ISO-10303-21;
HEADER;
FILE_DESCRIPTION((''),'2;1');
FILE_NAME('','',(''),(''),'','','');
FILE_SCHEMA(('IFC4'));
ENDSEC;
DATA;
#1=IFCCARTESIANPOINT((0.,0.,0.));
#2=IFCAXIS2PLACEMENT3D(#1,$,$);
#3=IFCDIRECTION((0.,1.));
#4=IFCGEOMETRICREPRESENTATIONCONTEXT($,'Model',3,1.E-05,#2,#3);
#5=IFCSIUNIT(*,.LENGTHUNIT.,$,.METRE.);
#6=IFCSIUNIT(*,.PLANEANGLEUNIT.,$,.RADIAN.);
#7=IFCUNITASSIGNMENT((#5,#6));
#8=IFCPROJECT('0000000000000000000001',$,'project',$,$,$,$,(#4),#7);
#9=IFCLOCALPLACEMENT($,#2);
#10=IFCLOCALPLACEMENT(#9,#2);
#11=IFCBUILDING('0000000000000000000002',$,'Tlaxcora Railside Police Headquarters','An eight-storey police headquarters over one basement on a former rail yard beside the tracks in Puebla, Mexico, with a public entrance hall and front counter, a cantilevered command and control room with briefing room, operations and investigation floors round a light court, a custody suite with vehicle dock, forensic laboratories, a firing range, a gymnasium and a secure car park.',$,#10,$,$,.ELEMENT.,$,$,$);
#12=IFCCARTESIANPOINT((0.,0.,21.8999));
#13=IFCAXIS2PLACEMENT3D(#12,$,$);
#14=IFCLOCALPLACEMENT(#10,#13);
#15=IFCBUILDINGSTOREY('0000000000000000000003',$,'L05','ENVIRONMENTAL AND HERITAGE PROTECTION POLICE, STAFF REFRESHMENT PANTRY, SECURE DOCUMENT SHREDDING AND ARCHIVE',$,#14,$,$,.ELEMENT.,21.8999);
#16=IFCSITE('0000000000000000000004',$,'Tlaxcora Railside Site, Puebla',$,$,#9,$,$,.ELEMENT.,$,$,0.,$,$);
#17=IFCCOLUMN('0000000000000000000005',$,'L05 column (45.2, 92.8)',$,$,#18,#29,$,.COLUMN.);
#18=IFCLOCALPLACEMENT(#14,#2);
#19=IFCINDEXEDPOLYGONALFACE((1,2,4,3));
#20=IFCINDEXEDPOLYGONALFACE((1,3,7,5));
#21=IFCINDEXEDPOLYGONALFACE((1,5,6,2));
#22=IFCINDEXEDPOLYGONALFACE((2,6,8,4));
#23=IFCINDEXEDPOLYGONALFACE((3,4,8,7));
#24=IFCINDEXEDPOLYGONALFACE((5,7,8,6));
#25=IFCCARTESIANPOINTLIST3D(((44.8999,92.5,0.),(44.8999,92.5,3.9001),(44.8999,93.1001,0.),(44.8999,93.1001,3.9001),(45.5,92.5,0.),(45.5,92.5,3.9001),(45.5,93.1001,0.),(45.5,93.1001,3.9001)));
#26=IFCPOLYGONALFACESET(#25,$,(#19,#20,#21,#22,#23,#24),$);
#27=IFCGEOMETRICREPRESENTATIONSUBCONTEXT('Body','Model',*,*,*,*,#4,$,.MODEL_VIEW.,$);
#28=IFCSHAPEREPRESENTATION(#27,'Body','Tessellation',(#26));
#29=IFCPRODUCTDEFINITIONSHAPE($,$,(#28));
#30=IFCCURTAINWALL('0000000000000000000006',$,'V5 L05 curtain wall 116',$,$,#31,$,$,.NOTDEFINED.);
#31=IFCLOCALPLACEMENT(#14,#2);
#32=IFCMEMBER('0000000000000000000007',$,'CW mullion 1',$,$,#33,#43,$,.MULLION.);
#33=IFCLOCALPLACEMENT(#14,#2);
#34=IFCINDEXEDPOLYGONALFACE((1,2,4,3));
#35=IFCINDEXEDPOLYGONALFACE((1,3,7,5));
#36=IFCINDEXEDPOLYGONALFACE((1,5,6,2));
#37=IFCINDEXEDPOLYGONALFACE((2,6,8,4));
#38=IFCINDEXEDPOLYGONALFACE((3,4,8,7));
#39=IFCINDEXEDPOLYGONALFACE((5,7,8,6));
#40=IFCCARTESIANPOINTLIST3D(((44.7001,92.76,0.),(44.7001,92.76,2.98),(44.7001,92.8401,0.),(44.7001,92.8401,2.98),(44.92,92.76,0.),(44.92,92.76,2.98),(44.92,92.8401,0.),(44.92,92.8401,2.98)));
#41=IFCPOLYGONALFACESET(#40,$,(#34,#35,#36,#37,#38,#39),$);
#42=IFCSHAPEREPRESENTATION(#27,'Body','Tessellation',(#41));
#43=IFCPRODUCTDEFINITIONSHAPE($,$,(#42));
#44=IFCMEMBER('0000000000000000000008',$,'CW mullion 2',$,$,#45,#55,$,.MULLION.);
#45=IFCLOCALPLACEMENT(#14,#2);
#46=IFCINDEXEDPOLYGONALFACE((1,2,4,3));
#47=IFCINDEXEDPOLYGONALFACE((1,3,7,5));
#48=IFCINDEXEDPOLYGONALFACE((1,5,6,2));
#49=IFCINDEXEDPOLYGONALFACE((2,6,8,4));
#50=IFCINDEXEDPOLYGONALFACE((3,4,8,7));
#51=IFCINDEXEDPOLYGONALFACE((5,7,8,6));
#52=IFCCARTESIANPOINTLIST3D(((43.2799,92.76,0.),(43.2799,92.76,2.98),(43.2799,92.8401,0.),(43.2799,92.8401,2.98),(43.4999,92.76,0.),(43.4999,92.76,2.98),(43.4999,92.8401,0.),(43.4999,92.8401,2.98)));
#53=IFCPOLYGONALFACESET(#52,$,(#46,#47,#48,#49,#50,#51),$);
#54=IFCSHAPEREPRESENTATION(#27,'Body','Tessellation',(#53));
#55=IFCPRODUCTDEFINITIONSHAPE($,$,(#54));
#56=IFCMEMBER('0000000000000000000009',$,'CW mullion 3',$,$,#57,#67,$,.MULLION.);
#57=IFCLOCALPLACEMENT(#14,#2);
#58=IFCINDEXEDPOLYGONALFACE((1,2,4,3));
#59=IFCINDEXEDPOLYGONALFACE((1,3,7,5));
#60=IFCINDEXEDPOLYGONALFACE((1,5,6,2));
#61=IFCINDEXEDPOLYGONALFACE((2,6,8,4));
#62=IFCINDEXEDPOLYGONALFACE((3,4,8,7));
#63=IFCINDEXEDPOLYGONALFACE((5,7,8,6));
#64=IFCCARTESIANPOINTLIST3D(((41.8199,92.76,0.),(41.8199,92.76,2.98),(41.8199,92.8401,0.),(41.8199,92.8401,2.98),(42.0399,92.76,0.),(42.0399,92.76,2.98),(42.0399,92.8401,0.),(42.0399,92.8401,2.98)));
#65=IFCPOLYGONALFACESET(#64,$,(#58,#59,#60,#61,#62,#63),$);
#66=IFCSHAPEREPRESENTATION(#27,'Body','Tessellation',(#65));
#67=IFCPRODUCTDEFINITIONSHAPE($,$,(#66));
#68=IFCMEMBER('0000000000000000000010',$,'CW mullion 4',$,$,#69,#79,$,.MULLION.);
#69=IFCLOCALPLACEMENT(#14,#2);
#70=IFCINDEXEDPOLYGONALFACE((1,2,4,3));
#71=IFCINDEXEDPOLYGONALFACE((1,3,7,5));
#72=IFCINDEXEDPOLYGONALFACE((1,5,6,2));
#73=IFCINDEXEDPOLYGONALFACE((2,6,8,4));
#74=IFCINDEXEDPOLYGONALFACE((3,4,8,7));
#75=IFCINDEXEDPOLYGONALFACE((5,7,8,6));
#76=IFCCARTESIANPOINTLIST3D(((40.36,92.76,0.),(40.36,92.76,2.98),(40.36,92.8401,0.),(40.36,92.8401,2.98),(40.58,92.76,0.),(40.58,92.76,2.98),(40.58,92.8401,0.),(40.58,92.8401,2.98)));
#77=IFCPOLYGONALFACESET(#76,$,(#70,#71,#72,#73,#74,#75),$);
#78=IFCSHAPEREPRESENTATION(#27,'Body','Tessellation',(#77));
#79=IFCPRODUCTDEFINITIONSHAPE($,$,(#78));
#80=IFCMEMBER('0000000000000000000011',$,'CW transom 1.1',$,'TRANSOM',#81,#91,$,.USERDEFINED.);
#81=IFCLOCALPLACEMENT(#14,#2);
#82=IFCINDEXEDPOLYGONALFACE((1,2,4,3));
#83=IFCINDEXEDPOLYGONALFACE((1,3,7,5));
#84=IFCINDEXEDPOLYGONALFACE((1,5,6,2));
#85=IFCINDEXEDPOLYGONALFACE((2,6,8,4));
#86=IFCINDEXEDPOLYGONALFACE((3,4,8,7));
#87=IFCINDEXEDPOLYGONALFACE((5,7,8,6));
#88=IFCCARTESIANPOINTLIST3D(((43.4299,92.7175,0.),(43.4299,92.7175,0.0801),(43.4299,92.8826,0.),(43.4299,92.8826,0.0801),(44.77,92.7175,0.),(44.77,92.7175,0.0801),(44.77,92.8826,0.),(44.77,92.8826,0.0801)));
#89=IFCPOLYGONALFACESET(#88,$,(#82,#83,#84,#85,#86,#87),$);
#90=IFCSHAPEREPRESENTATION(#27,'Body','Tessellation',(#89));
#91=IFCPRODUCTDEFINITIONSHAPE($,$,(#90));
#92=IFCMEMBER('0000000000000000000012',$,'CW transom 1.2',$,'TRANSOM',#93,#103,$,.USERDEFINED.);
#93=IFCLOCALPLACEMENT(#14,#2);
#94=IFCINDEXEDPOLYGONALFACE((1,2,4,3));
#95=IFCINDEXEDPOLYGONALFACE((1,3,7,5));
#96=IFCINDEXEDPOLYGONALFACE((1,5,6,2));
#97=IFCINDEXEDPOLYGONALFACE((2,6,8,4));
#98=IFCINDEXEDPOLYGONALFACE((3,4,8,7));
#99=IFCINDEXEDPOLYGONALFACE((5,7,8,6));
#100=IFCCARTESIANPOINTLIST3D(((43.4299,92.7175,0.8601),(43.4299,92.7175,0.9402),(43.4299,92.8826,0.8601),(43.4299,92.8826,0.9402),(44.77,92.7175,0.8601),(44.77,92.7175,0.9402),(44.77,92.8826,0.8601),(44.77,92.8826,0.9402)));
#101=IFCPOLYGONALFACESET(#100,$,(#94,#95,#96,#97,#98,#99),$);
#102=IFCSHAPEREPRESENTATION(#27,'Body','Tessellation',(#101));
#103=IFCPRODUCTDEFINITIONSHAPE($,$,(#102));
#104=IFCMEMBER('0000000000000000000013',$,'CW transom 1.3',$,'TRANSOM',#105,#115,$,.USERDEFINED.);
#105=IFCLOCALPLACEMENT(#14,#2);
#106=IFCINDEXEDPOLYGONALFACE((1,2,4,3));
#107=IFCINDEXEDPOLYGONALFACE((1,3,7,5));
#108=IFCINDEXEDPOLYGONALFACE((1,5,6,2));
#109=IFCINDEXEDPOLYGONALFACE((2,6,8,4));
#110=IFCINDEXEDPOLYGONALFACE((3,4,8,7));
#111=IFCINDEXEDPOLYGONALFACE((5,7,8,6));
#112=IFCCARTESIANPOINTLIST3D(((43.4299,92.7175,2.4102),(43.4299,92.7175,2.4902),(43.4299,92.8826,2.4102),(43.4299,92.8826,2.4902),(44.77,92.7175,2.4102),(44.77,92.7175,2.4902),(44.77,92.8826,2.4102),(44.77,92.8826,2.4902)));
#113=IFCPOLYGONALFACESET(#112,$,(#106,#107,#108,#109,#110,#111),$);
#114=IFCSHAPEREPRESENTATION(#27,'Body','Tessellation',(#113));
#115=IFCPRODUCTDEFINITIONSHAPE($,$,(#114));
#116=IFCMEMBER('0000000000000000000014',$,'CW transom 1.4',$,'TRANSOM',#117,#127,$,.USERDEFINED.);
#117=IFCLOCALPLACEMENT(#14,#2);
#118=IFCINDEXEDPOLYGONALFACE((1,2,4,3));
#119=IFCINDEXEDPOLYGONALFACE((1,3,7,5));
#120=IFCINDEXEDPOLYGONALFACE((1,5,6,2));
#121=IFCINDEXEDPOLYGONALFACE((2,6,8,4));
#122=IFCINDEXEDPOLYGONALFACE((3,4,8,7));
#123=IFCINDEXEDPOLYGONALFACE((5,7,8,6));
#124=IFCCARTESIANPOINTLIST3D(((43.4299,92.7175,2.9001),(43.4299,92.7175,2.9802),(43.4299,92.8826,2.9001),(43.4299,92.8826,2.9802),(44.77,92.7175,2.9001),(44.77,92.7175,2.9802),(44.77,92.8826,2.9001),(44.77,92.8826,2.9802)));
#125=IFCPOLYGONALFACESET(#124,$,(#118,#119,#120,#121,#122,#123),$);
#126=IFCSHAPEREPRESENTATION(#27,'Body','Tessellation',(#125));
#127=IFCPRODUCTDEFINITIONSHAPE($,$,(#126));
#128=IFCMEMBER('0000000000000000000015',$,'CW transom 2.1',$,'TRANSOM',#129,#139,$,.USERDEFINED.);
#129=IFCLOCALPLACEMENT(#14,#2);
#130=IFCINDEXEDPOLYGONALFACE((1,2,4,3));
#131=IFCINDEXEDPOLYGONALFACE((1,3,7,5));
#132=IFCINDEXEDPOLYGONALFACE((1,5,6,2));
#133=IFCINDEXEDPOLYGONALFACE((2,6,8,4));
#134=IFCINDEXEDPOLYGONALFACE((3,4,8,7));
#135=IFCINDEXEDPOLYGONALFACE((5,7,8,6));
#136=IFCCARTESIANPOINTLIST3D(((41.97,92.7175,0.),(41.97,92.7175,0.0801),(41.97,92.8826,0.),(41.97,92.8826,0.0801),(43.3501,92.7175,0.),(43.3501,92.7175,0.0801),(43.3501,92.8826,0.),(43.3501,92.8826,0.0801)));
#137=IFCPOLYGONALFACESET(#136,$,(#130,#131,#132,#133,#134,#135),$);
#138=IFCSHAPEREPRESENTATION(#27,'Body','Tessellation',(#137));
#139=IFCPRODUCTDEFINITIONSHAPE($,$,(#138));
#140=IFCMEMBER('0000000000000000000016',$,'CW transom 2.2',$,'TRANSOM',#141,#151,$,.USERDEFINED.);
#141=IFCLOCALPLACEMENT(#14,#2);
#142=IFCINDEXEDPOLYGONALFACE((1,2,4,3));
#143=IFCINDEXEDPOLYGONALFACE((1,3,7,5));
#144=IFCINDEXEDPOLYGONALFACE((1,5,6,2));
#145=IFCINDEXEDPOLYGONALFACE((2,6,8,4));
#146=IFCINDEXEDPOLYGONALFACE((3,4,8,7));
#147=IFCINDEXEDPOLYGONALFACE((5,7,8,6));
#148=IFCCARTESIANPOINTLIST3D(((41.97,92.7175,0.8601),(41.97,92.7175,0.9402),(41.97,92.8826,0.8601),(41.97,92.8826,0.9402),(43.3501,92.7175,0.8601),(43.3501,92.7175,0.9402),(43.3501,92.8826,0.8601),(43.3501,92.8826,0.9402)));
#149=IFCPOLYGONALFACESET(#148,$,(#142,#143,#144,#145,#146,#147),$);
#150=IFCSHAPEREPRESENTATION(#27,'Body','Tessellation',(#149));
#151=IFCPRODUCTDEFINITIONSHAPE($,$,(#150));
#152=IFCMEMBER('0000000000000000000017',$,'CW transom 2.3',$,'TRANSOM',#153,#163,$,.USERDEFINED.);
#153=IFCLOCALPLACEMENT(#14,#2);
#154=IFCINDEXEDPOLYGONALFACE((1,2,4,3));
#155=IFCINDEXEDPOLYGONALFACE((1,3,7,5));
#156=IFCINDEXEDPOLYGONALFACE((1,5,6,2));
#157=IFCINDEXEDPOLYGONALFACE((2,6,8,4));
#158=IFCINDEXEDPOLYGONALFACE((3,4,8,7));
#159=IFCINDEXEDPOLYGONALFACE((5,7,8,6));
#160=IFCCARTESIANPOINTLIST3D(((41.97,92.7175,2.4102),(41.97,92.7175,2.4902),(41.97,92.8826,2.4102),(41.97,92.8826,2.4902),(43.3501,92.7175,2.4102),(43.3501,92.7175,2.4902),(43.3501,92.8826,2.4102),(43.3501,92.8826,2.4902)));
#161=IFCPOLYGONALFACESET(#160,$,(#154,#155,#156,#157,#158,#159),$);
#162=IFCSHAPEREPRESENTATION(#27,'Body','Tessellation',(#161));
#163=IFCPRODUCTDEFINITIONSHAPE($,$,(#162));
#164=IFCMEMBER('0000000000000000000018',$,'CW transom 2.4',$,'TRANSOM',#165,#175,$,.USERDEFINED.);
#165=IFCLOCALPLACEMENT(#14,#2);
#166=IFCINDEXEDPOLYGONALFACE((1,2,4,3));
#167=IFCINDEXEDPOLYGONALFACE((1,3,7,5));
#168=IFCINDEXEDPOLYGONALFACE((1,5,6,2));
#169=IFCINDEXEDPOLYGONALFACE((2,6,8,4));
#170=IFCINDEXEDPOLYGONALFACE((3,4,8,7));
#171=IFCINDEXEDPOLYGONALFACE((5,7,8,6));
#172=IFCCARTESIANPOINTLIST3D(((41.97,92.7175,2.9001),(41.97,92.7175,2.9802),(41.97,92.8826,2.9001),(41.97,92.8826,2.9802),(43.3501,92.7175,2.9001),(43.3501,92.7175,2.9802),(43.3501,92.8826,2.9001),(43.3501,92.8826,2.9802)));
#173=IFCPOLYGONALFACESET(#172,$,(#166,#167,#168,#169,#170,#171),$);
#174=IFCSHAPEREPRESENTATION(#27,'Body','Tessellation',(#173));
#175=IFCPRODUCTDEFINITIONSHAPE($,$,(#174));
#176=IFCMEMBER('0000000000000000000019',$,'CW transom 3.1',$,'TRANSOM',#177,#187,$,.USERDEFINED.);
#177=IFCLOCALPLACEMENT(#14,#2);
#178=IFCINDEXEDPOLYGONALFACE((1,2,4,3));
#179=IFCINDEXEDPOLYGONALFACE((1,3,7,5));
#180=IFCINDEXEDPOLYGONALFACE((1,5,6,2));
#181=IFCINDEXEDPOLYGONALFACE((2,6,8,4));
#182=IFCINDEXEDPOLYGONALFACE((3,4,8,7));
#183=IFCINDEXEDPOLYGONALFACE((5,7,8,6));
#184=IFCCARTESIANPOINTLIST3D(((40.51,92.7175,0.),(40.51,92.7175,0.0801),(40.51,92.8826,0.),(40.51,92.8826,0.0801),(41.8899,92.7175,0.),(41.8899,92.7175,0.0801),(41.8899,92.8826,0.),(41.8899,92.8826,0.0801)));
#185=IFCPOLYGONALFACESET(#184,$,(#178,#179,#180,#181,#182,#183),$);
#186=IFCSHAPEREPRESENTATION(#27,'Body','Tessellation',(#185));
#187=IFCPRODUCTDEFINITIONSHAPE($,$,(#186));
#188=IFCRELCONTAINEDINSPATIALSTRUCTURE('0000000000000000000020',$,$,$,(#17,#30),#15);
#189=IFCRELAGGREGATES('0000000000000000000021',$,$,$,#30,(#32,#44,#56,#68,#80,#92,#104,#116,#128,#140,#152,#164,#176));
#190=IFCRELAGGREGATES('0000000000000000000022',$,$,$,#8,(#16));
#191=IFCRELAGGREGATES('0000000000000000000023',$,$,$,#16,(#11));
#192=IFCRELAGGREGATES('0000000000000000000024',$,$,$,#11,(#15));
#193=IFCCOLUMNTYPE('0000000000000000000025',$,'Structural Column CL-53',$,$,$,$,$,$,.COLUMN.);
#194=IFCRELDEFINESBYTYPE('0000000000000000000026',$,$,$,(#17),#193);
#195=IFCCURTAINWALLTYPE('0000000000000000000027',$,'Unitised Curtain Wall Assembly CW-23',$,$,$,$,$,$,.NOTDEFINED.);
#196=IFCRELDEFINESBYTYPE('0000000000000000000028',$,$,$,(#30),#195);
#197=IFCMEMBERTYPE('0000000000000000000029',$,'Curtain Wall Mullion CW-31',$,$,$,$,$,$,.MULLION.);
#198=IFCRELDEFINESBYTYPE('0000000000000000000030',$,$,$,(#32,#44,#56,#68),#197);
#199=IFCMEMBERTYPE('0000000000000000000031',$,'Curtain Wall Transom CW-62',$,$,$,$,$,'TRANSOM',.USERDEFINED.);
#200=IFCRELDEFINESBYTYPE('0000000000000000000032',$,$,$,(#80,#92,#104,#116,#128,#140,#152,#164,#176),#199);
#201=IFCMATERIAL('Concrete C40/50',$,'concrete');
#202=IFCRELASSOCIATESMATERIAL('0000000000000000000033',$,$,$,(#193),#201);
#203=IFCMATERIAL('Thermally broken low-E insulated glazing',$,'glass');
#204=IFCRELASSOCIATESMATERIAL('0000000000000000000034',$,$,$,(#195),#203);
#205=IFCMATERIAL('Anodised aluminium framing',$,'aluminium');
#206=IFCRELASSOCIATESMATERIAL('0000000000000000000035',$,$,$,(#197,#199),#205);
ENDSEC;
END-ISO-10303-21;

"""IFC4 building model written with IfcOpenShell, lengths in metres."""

from ifc_helpers import new_model, si_unit, direction, frame, origin, origin_2d, place, context, subcontext, project, spatial, rectangle, extrude, material, material_profile, profile_set, type_object, element, aggregate, save


model = new_model("IFC4")

# Units and contexts
model_context = context("Model", 3, precision=1e-05, world=origin(), true_north=direction((0.0, 1.0)))
body_context = subcontext(model_context, "Body", "Model", "MODEL_VIEW")
ifc_project = project(units=[si_unit("LENGTHUNIT", "METRE"), si_unit("PLANEANGLEUNIT", "RADIAN")], contexts=[model_context])

# Site, building, storey
site_placement = place(None, origin())
site = spatial("IfcSite", under=ifc_project, at=site_placement, Name="Tlaxcora Railside Site, Puebla", CompositionType="ELEMENT", RefElevation=0.0)
building_placement = place(site_placement, origin())
building = spatial("IfcBuilding", under=site, at=building_placement, Name="Tlaxcora Railside Police Headquarters", Description="An eight-storey police headquarters over one basement on a former rail yard beside the tracks in Puebla, Mexico, with a public entrance hall and front counter, a cantilevered command and control room with briefing room, operations and investigation floors round a light court, a custody suite with vehicle dock, forensic laboratories, a firing range, a gymnasium and a secure car park.", CompositionType="ELEMENT")
storey_placement = place(building_placement, frame((0.0, 0.0, 21.8999)))
storey = spatial("IfcBuildingStorey", under=building, at=storey_placement, Name="L05", Description="ENVIRONMENTAL AND HERITAGE PROTECTION POLICE, STAFF REFRESHMENT PANTRY, SECURE DOCUMENT SHREDDING AND ARCHIVE", CompositionType="ELEMENT", Elevation=21.8999)

# Column
ifc_material_1 = material(Name="Concrete C40/50", Category="concrete")
ifc_material_profile_1 = material_profile(ifc_material_1, rectangle(XDim=0.6001, YDim=0.6001, at=origin_2d()), Name="RC600X600")
ifc_profile_set_1 = profile_set([ifc_material_profile_1], Name="Concrete C40/50")
column_type = type_object("IfcColumnType", Name="Structural Column CL-53", PredefinedType="COLUMN", material=ifc_profile_set_1)
column_placement = place(storey_placement, frame((45.2, 92.8, 0.0), z_axis=(0.0, 0.0, 1.0), x_axis=(1.0, 0.0, 0.0)))
element("IfcColumn", 1, at=column_placement, inside=storey, type_object=column_type, Name="L05 column (45.2, 92.8)", PredefinedType="COLUMN", context=body_context, shape_type="SweptSolid", body=[
    extrude(rectangle(XDim=0.6001, YDim=0.6001, at=origin_2d()), origin(), (0.0, 0.0, 1.0), 3.9001),
])

# Curtain wall, members
ifc_material_2 = material(Name="Thermally broken low-E insulated glazing", Category="glass")
curtain_wall_type = type_object("IfcCurtainWallType", Name="Unitised Curtain Wall Assembly CW-23", PredefinedType="NOTDEFINED", material=ifc_material_2)
curtain_wall_placement = place(storey_placement, origin())
curtain_wall = element("IfcCurtainWall", 2, at=curtain_wall_placement, inside=storey, type_object=curtain_wall_type, Name="V5 L05 curtain wall 116", PredefinedType="NOTDEFINED")
ifc_material_3 = material(Name="Anodised aluminium framing", Category="aluminium")
ifc_material_profile_2 = material_profile(ifc_material_3, rectangle(XDim=0.0801, YDim=0.22, at=origin_2d()), Name="AL80X220")
ifc_profile_set_2 = profile_set([ifc_material_profile_2], Name="Anodised aluminium framing")
member_type_1 = type_object("IfcMemberType", Name="Curtain Wall Mullion CW-31", PredefinedType="MULLION", material=ifc_profile_set_2)
member_1_placement = place(storey_placement, frame((44.8101, 92.8, 0.0), z_axis=(0.0, 0.0, 1.0), x_axis=(0.0, -1.0, 0.0)))
member_1 = element("IfcMember", 3, at=member_1_placement, type_object=member_type_1, Name="CW mullion 1", PredefinedType="MULLION", context=body_context, shape_type="SweptSolid", body=[
    extrude(rectangle(XDim=0.0801, YDim=0.22, at=origin_2d()), origin(), (0.0, 0.0, 1.0), 2.98),
])
member_2_placement = place(storey_placement, frame((43.3899, 92.8, 0.0), z_axis=(0.0, 0.0, 1.0), x_axis=(0.0, -1.0, 0.0)))
member_2 = element("IfcMember", 4, at=member_2_placement, type_object=member_type_1, Name="CW mullion 2", PredefinedType="MULLION", context=body_context, shape_type="SweptSolid", body=[
    extrude(rectangle(XDim=0.0801, YDim=0.22, at=origin_2d()), origin(), (0.0, 0.0, 1.0), 2.98),
])
member_3_placement = place(storey_placement, frame((41.9299, 92.8, 0.0), z_axis=(0.0, 0.0, 1.0), x_axis=(0.0, -1.0, 0.0)))
member_3 = element("IfcMember", 5, at=member_3_placement, type_object=member_type_1, Name="CW mullion 3", PredefinedType="MULLION", context=body_context, shape_type="SweptSolid", body=[
    extrude(rectangle(XDim=0.0801, YDim=0.22, at=origin_2d()), origin(), (0.0, 0.0, 1.0), 2.98),
])
member_4_placement = place(storey_placement, frame((40.47, 92.8, 0.0), z_axis=(0.0, 0.0, 1.0), x_axis=(0.0, -1.0, 0.0)))
member_4 = element("IfcMember", 6, at=member_4_placement, type_object=member_type_1, Name="CW mullion 4", PredefinedType="MULLION", context=body_context, shape_type="SweptSolid", body=[
    extrude(rectangle(XDim=0.0801, YDim=0.22, at=origin_2d()), origin(), (0.0, 0.0, 1.0), 2.98),
])
ifc_material_profile_3 = material_profile(ifc_material_3, rectangle(XDim=0.165, YDim=0.0801, at=origin_2d()), Name="AL80X165")
ifc_profile_set_3 = profile_set([ifc_material_profile_3], Name="Anodised aluminium framing")
member_type_2 = type_object("IfcMemberType", Name="Curtain Wall Transom CW-62", ElementType="TRANSOM", PredefinedType="USERDEFINED", material=ifc_profile_set_3)
member_5_placement = place(storey_placement, frame((44.77, 92.8, 0.04), z_axis=(-1.0, 0.0, 0.0), x_axis=(0.0, -1.0, 0.0)))
member_5 = element("IfcMember", 7, at=member_5_placement, type_object=member_type_2, Name="CW transom 1.1", ObjectType="TRANSOM", PredefinedType="USERDEFINED", context=body_context, shape_type="SweptSolid", body=[
    extrude(rectangle(XDim=0.165, YDim=0.0801, at=origin_2d()), origin(), (0.0, 0.0, 1.0), 1.3401),
])
member_6_placement = place(storey_placement, frame((44.77, 92.8, 0.9001), z_axis=(-1.0, 0.0, 0.0), x_axis=(0.0, -1.0, 0.0)))
member_6 = element("IfcMember", 8, at=member_6_placement, type_object=member_type_2, Name="CW transom 1.2", ObjectType="TRANSOM", PredefinedType="USERDEFINED", context=body_context, shape_type="SweptSolid", body=[
    extrude(rectangle(XDim=0.165, YDim=0.0801, at=origin_2d()), origin(), (0.0, 0.0, 1.0), 1.3401),
])
member_7_placement = place(storey_placement, frame((44.77, 92.8, 2.4502), z_axis=(-1.0, 0.0, 0.0), x_axis=(0.0, -1.0, 0.0)))
member_7 = element("IfcMember", 9, at=member_7_placement, type_object=member_type_2, Name="CW transom 1.3", ObjectType="TRANSOM", PredefinedType="USERDEFINED", context=body_context, shape_type="SweptSolid", body=[
    extrude(rectangle(XDim=0.165, YDim=0.0801, at=origin_2d()), origin(), (0.0, 0.0, 1.0), 1.3401),
])
member_8_placement = place(storey_placement, frame((44.77, 92.8, 2.9402), z_axis=(-1.0, 0.0, 0.0), x_axis=(0.0, -1.0, 0.0)))
member_8 = element("IfcMember", 10, at=member_8_placement, type_object=member_type_2, Name="CW transom 1.4", ObjectType="TRANSOM", PredefinedType="USERDEFINED", context=body_context, shape_type="SweptSolid", body=[
    extrude(rectangle(XDim=0.165, YDim=0.0801, at=origin_2d()), origin(), (0.0, 0.0, 1.0), 1.3401),
])
member_9_placement = place(storey_placement, frame((43.3501, 92.8, 0.04), z_axis=(-1.0, 0.0, 0.0), x_axis=(0.0, -1.0, 0.0)))
member_9 = element("IfcMember", 11, at=member_9_placement, type_object=member_type_2, Name="CW transom 2.1", ObjectType="TRANSOM", PredefinedType="USERDEFINED", context=body_context, shape_type="SweptSolid", body=[
    extrude(rectangle(XDim=0.165, YDim=0.0801, at=origin_2d()), origin(), (0.0, 0.0, 1.0), 1.3801),
])
member_10_placement = place(storey_placement, frame((43.3501, 92.8, 0.9001), z_axis=(-1.0, 0.0, 0.0), x_axis=(0.0, -1.0, 0.0)))
member_10 = element("IfcMember", 12, at=member_10_placement, type_object=member_type_2, Name="CW transom 2.2", ObjectType="TRANSOM", PredefinedType="USERDEFINED", context=body_context, shape_type="SweptSolid", body=[
    extrude(rectangle(XDim=0.165, YDim=0.0801, at=origin_2d()), origin(), (0.0, 0.0, 1.0), 1.3801),
])
member_11_placement = place(storey_placement, frame((43.3501, 92.8, 2.4502), z_axis=(-1.0, 0.0, 0.0), x_axis=(0.0, -1.0, 0.0)))
member_11 = element("IfcMember", 13, at=member_11_placement, type_object=member_type_2, Name="CW transom 2.3", ObjectType="TRANSOM", PredefinedType="USERDEFINED", context=body_context, shape_type="SweptSolid", body=[
    extrude(rectangle(XDim=0.165, YDim=0.0801, at=origin_2d()), origin(), (0.0, 0.0, 1.0), 1.3801),
])
member_12_placement = place(storey_placement, frame((43.3501, 92.8, 2.9402), z_axis=(-1.0, 0.0, 0.0), x_axis=(0.0, -1.0, 0.0)))
member_12 = element("IfcMember", 14, at=member_12_placement, type_object=member_type_2, Name="CW transom 2.4", ObjectType="TRANSOM", PredefinedType="USERDEFINED", context=body_context, shape_type="SweptSolid", body=[
    extrude(rectangle(XDim=0.165, YDim=0.0801, at=origin_2d()), origin(), (0.0, 0.0, 1.0), 1.3801),
])
member_13_placement = place(storey_placement, frame((41.8899, 92.8, 0.04), z_axis=(-1.0, 0.0, 0.0), x_axis=(0.0, -1.0, 0.0)))
member_13 = element("IfcMember", 15, at=member_13_placement, type_object=member_type_2, Name="CW transom 3.1", ObjectType="TRANSOM", PredefinedType="USERDEFINED", context=body_context, shape_type="SweptSolid", body=[
    extrude(rectangle(XDim=0.165, YDim=0.0801, at=origin_2d()), origin(), (0.0, 0.0, 1.0), 1.3799),
])
aggregate(curtain_wall, [member_1, member_2, member_3, member_4, member_5, member_6, member_7, member_8, member_9, member_10, member_11, member_12, member_13])

save(model, "model.ifc")
